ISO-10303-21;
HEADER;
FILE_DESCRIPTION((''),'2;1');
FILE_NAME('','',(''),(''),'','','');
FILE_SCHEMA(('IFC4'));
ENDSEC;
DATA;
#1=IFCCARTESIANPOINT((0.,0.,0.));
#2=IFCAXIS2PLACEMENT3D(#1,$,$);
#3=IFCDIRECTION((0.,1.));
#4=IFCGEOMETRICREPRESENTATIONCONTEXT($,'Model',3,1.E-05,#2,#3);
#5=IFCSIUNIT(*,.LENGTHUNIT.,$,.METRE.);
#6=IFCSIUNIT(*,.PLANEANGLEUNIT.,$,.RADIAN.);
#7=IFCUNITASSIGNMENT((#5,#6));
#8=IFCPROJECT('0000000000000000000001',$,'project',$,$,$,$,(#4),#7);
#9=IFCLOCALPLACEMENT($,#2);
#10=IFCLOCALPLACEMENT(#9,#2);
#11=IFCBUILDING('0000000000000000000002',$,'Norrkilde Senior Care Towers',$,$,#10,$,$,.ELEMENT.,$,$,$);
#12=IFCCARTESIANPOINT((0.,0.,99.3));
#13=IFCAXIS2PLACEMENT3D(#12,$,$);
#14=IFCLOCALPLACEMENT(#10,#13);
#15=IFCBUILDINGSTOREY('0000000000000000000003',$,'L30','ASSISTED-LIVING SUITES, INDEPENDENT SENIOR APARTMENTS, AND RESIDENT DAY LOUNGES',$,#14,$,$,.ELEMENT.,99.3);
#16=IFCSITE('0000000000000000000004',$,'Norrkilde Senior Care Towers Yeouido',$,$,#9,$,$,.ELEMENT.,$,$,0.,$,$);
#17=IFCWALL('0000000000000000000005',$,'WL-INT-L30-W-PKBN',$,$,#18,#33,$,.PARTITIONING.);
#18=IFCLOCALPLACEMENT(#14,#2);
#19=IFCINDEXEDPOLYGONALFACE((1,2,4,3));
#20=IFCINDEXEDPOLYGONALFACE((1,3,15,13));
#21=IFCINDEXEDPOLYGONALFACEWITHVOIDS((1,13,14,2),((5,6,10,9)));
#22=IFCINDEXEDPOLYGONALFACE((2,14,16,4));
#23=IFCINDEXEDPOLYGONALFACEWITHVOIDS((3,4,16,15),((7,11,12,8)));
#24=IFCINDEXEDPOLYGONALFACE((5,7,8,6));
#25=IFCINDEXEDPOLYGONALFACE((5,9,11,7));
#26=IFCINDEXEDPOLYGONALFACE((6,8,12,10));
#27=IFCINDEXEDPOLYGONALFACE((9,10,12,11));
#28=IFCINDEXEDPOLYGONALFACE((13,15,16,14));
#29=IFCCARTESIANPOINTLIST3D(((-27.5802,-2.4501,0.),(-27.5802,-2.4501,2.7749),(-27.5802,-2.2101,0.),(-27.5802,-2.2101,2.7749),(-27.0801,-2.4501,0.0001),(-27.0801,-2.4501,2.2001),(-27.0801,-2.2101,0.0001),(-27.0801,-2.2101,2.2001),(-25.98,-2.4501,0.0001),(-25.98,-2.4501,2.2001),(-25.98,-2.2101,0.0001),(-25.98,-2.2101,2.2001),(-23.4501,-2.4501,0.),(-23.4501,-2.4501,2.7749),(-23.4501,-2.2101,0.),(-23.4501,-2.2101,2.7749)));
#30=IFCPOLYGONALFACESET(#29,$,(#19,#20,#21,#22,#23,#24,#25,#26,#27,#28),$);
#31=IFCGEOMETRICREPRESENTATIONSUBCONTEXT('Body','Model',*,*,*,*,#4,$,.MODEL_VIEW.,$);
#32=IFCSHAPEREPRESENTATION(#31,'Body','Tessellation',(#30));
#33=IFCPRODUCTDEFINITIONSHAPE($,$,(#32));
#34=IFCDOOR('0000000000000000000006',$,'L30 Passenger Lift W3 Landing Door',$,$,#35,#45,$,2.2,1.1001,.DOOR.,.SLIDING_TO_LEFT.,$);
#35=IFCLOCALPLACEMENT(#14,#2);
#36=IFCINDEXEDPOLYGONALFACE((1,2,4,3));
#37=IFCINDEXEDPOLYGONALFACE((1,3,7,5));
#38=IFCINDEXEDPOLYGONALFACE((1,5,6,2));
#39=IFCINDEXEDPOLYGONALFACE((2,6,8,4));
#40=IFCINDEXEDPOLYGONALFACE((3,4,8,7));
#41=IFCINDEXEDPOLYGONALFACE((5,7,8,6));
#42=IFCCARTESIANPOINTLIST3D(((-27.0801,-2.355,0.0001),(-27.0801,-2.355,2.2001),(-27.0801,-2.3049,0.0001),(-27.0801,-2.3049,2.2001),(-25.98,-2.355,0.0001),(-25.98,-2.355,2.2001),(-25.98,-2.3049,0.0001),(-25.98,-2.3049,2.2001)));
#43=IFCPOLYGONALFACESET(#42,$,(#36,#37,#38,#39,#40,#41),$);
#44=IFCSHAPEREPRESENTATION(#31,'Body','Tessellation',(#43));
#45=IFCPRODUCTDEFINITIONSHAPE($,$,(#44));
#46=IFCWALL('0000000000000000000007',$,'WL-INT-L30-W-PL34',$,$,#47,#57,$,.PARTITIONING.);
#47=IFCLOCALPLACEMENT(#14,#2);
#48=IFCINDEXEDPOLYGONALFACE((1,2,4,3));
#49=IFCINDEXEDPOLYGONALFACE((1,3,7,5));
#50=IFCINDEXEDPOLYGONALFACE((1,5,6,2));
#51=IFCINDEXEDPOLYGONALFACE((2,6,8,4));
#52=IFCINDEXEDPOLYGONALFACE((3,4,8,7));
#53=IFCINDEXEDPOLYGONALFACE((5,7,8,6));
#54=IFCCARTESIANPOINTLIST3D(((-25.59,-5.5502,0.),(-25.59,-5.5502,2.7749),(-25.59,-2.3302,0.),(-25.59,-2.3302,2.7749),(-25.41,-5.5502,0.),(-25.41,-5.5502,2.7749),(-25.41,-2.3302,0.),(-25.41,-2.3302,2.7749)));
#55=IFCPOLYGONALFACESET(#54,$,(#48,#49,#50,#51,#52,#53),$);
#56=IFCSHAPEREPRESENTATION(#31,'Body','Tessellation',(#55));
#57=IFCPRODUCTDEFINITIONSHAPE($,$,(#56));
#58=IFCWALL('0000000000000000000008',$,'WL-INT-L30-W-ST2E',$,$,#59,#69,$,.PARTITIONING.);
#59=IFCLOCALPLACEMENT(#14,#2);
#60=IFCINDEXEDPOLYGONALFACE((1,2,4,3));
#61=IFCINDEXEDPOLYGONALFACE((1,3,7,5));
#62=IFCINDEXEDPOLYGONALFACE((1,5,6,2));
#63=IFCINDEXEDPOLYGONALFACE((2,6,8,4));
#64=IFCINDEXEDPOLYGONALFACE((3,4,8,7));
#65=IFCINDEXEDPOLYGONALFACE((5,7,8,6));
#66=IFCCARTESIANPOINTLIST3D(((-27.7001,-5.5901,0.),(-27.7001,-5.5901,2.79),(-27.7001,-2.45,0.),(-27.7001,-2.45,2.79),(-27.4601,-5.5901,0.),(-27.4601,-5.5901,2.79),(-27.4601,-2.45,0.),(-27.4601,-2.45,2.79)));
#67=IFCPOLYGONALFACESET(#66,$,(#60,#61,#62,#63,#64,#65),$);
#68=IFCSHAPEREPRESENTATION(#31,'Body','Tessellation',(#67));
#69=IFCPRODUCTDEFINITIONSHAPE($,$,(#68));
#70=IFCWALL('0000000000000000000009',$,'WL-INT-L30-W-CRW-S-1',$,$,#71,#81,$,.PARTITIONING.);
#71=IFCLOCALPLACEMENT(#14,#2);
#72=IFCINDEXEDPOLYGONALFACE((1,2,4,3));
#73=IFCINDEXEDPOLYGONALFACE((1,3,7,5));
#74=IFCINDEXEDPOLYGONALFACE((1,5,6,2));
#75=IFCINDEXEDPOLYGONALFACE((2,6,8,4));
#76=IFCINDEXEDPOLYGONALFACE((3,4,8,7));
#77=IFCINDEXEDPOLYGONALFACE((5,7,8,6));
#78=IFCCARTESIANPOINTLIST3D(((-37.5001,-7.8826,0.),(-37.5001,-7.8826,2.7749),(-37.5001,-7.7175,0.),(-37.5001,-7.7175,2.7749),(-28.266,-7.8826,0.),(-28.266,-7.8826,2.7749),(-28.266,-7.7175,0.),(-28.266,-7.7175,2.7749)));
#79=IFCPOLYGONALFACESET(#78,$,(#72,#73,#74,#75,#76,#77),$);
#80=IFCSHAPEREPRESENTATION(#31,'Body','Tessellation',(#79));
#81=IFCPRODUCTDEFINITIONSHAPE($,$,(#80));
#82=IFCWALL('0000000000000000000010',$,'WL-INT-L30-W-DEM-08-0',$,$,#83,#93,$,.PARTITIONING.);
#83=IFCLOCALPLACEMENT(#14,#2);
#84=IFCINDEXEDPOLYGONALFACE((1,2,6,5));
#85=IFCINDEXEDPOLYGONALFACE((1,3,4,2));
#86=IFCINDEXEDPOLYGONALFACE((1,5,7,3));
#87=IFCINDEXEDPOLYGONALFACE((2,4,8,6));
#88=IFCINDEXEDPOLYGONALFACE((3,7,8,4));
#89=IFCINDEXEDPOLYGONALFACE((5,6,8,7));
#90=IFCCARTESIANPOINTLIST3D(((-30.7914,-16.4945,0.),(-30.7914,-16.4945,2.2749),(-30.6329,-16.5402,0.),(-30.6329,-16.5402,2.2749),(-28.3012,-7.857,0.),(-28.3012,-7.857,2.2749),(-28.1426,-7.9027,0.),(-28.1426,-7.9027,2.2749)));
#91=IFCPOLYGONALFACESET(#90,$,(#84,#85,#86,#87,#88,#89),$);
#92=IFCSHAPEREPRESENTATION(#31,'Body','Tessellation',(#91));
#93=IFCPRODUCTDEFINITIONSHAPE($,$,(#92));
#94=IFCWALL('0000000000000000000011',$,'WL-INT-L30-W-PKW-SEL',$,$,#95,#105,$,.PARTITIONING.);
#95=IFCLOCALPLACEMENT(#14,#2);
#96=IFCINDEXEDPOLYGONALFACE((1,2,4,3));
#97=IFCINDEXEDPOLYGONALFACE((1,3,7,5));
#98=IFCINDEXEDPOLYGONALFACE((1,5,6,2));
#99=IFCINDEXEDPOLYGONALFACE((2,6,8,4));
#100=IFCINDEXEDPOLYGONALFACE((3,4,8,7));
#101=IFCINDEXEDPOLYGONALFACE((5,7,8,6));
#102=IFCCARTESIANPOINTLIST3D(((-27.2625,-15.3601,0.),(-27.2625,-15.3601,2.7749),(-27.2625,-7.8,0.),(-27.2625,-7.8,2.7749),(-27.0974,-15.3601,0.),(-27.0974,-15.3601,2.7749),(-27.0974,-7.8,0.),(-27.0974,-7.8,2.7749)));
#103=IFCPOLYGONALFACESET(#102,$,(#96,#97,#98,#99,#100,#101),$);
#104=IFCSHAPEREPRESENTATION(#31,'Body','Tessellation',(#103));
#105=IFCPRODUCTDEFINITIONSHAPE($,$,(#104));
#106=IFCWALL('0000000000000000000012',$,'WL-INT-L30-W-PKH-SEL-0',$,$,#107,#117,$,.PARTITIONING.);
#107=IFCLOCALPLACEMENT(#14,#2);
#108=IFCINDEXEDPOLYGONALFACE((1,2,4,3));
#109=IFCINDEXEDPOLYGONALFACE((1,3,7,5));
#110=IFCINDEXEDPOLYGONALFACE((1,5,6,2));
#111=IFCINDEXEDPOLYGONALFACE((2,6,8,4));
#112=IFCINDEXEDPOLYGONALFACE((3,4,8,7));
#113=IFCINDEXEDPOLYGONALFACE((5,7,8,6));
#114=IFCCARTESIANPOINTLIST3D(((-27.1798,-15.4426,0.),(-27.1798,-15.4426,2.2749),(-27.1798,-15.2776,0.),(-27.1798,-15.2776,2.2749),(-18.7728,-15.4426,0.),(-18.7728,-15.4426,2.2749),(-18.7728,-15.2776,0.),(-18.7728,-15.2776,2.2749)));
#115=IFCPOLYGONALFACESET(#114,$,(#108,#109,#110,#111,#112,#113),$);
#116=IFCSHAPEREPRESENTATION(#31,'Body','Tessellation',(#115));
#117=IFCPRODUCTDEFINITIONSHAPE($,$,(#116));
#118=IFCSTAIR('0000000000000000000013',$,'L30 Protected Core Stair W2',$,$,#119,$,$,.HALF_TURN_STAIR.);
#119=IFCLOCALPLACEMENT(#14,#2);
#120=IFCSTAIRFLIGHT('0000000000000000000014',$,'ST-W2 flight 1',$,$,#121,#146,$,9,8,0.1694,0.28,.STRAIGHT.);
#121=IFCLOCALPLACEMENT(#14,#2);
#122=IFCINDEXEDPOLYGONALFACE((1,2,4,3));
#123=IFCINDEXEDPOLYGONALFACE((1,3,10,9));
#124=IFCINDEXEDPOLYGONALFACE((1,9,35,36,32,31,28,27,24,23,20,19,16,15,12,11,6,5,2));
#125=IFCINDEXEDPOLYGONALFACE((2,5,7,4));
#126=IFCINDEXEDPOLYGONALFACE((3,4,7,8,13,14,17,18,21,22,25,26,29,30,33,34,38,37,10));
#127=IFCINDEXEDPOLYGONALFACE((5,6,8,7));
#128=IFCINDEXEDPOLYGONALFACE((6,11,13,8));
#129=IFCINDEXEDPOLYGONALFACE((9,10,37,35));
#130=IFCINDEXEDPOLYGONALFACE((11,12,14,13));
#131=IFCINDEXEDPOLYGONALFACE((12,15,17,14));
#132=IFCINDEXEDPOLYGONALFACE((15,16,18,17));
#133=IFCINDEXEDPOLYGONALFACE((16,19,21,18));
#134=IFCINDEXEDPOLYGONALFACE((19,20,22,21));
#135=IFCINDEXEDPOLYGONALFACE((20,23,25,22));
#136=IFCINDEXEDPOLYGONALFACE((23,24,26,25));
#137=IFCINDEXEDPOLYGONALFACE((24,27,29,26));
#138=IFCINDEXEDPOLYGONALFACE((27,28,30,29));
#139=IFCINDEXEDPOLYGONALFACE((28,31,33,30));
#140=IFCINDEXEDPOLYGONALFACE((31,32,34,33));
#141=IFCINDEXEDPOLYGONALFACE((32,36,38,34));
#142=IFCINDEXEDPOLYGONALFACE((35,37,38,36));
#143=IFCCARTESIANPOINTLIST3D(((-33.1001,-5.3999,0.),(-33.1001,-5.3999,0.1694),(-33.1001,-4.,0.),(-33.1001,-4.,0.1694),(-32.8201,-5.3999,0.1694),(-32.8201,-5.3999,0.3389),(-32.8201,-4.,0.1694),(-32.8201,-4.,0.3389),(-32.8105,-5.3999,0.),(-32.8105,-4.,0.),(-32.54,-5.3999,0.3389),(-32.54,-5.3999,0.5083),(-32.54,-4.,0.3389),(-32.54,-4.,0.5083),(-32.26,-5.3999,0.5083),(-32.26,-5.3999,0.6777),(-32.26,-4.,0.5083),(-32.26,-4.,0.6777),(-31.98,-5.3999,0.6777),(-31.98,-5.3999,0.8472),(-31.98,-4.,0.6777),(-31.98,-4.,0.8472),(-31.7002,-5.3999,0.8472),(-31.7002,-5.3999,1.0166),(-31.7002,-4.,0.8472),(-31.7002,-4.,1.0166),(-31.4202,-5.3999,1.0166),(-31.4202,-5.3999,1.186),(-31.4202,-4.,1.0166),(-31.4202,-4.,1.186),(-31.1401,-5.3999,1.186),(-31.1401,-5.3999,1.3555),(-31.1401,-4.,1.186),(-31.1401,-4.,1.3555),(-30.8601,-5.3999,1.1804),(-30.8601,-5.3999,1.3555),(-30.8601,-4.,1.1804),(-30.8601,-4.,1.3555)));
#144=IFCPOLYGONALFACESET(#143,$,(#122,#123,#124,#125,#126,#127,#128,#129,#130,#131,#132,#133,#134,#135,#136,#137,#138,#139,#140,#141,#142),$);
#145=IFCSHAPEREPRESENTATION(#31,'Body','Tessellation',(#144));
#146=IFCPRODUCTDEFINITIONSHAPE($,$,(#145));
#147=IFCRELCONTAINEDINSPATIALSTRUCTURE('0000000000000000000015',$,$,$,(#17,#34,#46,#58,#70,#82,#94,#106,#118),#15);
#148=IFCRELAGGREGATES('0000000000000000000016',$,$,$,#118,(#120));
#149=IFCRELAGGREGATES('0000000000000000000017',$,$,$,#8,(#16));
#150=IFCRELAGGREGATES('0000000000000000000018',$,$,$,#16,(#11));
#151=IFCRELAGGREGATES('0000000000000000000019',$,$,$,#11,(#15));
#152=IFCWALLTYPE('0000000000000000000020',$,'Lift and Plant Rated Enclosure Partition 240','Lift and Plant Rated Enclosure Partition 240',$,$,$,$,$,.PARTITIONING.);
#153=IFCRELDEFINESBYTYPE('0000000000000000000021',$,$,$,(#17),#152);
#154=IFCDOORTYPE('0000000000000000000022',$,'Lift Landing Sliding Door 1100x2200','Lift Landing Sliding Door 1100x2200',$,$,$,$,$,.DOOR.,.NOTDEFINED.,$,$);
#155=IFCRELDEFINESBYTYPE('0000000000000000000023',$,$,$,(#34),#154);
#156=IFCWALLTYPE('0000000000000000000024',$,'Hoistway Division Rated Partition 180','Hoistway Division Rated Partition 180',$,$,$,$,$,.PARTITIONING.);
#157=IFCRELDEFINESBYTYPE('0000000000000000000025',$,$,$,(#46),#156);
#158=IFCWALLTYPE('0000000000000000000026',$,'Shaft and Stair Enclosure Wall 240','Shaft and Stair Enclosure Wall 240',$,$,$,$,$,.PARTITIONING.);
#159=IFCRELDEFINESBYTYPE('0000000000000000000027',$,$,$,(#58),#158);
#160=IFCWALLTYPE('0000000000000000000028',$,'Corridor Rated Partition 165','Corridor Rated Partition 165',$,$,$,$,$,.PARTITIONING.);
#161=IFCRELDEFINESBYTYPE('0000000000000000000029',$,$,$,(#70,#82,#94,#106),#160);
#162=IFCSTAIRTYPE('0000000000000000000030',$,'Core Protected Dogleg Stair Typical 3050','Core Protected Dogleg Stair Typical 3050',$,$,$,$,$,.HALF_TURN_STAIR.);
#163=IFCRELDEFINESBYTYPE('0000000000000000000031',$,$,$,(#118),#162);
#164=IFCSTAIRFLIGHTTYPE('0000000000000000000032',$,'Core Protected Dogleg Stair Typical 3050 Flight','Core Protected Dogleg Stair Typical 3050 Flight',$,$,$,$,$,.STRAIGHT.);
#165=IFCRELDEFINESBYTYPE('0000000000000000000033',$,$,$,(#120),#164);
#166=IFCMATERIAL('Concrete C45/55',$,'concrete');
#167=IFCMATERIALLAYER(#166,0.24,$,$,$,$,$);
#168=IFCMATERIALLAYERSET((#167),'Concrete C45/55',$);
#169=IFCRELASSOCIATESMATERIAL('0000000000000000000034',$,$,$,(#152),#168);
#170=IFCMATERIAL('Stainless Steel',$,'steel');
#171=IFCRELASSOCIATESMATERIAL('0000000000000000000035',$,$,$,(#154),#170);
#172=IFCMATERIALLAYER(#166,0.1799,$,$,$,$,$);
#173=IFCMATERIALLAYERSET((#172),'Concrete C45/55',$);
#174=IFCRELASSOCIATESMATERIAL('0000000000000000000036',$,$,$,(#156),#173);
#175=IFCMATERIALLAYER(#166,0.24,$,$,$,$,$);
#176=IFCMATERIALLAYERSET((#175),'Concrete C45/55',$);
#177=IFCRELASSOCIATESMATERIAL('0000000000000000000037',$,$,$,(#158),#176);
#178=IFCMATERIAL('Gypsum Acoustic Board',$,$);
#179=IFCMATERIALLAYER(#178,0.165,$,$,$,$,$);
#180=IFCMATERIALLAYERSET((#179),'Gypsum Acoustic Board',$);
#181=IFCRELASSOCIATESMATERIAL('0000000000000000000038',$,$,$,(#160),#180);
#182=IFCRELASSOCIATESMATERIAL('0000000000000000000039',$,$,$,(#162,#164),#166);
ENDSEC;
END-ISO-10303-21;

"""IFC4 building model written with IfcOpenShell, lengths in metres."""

from ifc_helpers import new_model, si_unit, direction, frame, frame_2d, origin, place, context, subcontext, project, spatial, polyline, rectangle, outline, extrude, source, transform, mapped, material, layer, layer_set, type_object, type_shapes, element, fill, aggregate, save


model = new_model("IFC4")

# Units and contexts
model_context = context("Model", 3, precision=1e-05, world=origin(), true_north=direction((0.0, 1.0)))
body_context = subcontext(model_context, "Body", "Model", "MODEL_VIEW")
ifc_project = project(units=[si_unit("LENGTHUNIT", "METRE"), si_unit("PLANEANGLEUNIT", "RADIAN")], contexts=[model_context])

# Site, building, storey
site_placement = place(None, origin())
site = spatial("IfcSite", under=ifc_project, at=site_placement, Name="Norrkilde Senior Care Towers Yeouido", CompositionType="ELEMENT", RefElevation=0.0)
building_placement = place(site_placement, origin())
building = spatial("IfcBuilding", under=site, at=building_placement, Name="Norrkilde Senior Care Towers", CompositionType="ELEMENT")
storey_placement = place(building_placement, frame((0.0, 0.0, 99.3)))
storey = spatial("IfcBuildingStorey", under=building, at=storey_placement, Name="L30", Description="ASSISTED-LIVING SUITES, INDEPENDENT SENIOR APARTMENTS, AND RESIDENT DAY LOUNGES", CompositionType="ELEMENT", Elevation=99.3)

# Wall, opening, door
ifc_material_1 = material(Name="Concrete C45/55", Category="concrete")
ifc_layer_1 = layer(ifc_material_1, 0.24)
ifc_layer_set_1 = layer_set([ifc_layer_1], Name="Concrete C45/55")
wall_type_1 = type_object("IfcWallType", Name="Lift and Plant Rated Enclosure Partition 240", Description="Lift and Plant Rated Enclosure Partition 240", PredefinedType="PARTITIONING", material=ifc_layer_set_1)
shared_shape_1 = source(origin(), body_context, "Body", "SweptSolid", [
    extrude(rectangle(XDim=4.1301, YDim=0.24, at=frame_2d((2.0649, 0.0))), origin(), (0.0, 0.0, 1.0), 2.7749),
])
type_shapes(wall_type_1, [shared_shape_1])
wall_1_placement = place(storey_placement, frame((-27.5801, -2.3301, 0.0), z_axis=(0.0, 0.0, 1.0), x_axis=(1.0, 0.0, 0.0)))
wall_1 = element("IfcWall", 1, at=wall_1_placement, inside=storey, type_object=wall_type_1, Name="WL-INT-L30-W-PKBN", PredefinedType="PARTITIONING", context=body_context, shape_type="MappedRepresentation", body=[
    mapped(shared_shape_1, transform((0.0, 0.0, 0.0), x_axis=(1.0, 0.0, 0.0), y_axis=(0.0, 1.0, 0.0), z_axis=(0.0, 0.0, 1.0), scale=1.0)),
])
opening_placement = place(wall_1_placement, frame((0.5, 0.0, 0.0)))
opening = element("IfcOpeningElement", 2, at=opening_placement, cuts=wall_1, PredefinedType="OPENING", context=body_context, shape_type="SweptSolid", body=[
    extrude(rectangle(XDim=1.1001, YDim=2.2, at=frame_2d((0.55, 1.1001))), frame((0.0, 0.1299, 0.0), z_axis=(0.0, -1.0, 0.0), x_axis=(1.0, 0.0, 0.0)), (0.0, 0.0, 1.0), 0.26),
])
ifc_material_2 = material(Name="Stainless Steel", Category="steel")
door_type = type_object("IfcDoorType", Name="Lift Landing Sliding Door 1100x2200", Description="Lift Landing Sliding Door 1100x2200", OperationType="NOTDEFINED", PredefinedType="DOOR", material=ifc_material_2)
shared_shape_2 = source(origin(), body_context, "Body", "SweptSolid", [
    extrude(rectangle(XDim=1.1001, YDim=2.2, at=frame_2d((0.55, 1.1001))), frame((0.0, 0.0249, 0.0), z_axis=(0.0, -1.0, 0.0), x_axis=(1.0, 0.0, 0.0)), (0.0, 0.0, 1.0), 0.05),
])
type_shapes(door_type, [shared_shape_2])
door_placement = place(opening_placement, frame((1.1001, 0.0, 0.0), z_axis=(0.0, 0.0, 1.0), x_axis=(-1.0, 0.0, 0.0)))
door = element("IfcDoor", 3, at=door_placement, inside=storey, type_object=door_type, Name="L30 Passenger Lift W3 Landing Door", OperationType="SLIDING_TO_LEFT", OverallHeight=2.2, OverallWidth=1.1001, PredefinedType="DOOR", context=body_context, shape_type="MappedRepresentation", body=[
    mapped(shared_shape_2, transform((0.0, 0.0, 0.0), x_axis=(1.0, 0.0, 0.0), y_axis=(0.0, 1.0, 0.0), z_axis=(0.0, 0.0, 1.0), scale=1.0)),
])
fill(opening, door)

# Walls
ifc_layer_2 = layer(ifc_material_1, 0.1799)
ifc_layer_set_2 = layer_set([ifc_layer_2], Name="Concrete C45/55")
wall_type_2 = type_object("IfcWallType", Name="Hoistway Division Rated Partition 180", Description="Hoistway Division Rated Partition 180", PredefinedType="PARTITIONING", material=ifc_layer_set_2)
shared_shape_3 = source(origin(), body_context, "Body", "SweptSolid", [
    extrude(rectangle(XDim=3.22, YDim=0.1799, at=frame_2d((1.6099, 0.0))), origin(), (0.0, 0.0, 1.0), 2.7749),
])
type_shapes(wall_type_2, [shared_shape_3])
wall_2_placement = place(storey_placement, frame((-25.5, -5.55, 0.0), z_axis=(0.0, 0.0, 1.0), x_axis=(0.0, 1.0, 0.0)))
element("IfcWall", 4, at=wall_2_placement, inside=storey, type_object=wall_type_2, Name="WL-INT-L30-W-PL34", PredefinedType="PARTITIONING", context=body_context, shape_type="MappedRepresentation", body=[
    mapped(shared_shape_3, transform((0.0, 0.0, 0.0), x_axis=(1.0, 0.0, 0.0), y_axis=(0.0, 1.0, 0.0), z_axis=(0.0, 0.0, 1.0), scale=1.0)),
])
ifc_layer_3 = layer(ifc_material_1, 0.24)
ifc_layer_set_3 = layer_set([ifc_layer_3], Name="Concrete C45/55")
wall_type_3 = type_object("IfcWallType", Name="Shaft and Stair Enclosure Wall 240", Description="Shaft and Stair Enclosure Wall 240", PredefinedType="PARTITIONING", material=ifc_layer_set_3)
shared_shape_4 = source(origin(), body_context, "Body", "SweptSolid", [
    extrude(rectangle(XDim=3.1401, YDim=0.24, at=frame_2d((1.5701, 0.0))), origin(), (0.0, 0.0, 1.0), 2.79),
])
type_shapes(wall_type_3, [shared_shape_4])
wall_3_placement = place(storey_placement, frame((-27.5801, -5.5901, 0.0), z_axis=(0.0, 0.0, 1.0), x_axis=(0.0, 1.0, 0.0)))
element("IfcWall", 5, at=wall_3_placement, inside=storey, type_object=wall_type_3, Name="WL-INT-L30-W-ST2E", PredefinedType="PARTITIONING", context=body_context, shape_type="MappedRepresentation", body=[
    mapped(shared_shape_4, transform((0.0, 0.0, 0.0), x_axis=(1.0, 0.0, 0.0), y_axis=(0.0, 1.0, 0.0), z_axis=(0.0, 0.0, 1.0), scale=1.0)),
])
ifc_material_3 = material(Name="Gypsum Acoustic Board")
ifc_layer_4 = layer(ifc_material_3, 0.165)
ifc_layer_set_4 = layer_set([ifc_layer_4], Name="Gypsum Acoustic Board")
wall_type_4 = type_object("IfcWallType", Name="Corridor Rated Partition 165", Description="Corridor Rated Partition 165", PredefinedType="PARTITIONING", material=ifc_layer_set_4)
shared_shape_5 = source(origin(), body_context, "Body", "SweptSolid", [
    extrude(rectangle(XDim=9.2341, YDim=0.165, at=frame_2d((4.6172, 0.0))), origin(), (0.0, 0.0, 1.0), 2.7749),
])
wall_4_placement = place(storey_placement, frame((-28.2659, -7.8, 0.0), z_axis=(0.0, 0.0, 1.0), x_axis=(-1.0, 0.0, 0.0)))
element("IfcWall", 6, at=wall_4_placement, inside=storey, type_object=wall_type_4, Name="WL-INT-L30-W-CRW-S-1", PredefinedType="PARTITIONING", context=body_context, shape_type="MappedRepresentation", body=[
    mapped(shared_shape_5, transform((0.0, 0.0, 0.0), x_axis=(1.0, 0.0, 0.0), y_axis=(0.0, 1.0, 0.0), z_axis=(0.0, 0.0, 1.0), scale=1.0)),
])
shared_shape_6 = source(origin(), body_context, "Body", "SweptSolid", [
    extrude(rectangle(XDim=8.9893, YDim=0.165, at=frame_2d((4.4946, 0.0))), origin(), (0.0, 0.0, 1.0), 2.2749),
])
wall_5_placement = place(storey_placement, frame((-28.2219, -7.8799, 0.0), z_axis=(0.0, 0.0, 1.0), x_axis=(-0.277023, -0.960863, 0.0)))
element("IfcWall", 7, at=wall_5_placement, inside=storey, type_object=wall_type_4, Name="WL-INT-L30-W-DEM-08-0", PredefinedType="PARTITIONING", context=body_context, shape_type="MappedRepresentation", body=[
    mapped(shared_shape_6, transform((0.0, 0.0, 0.0), x_axis=(1.0, 0.0, 0.0), y_axis=(0.0, 1.0, 0.0), z_axis=(0.0, 0.0, 1.0), scale=1.0)),
])
shared_shape_7 = source(origin(), body_context, "Body", "SweptSolid", [
    extrude(rectangle(XDim=7.5601, YDim=0.165, at=frame_2d((3.78, 0.0))), origin(), (0.0, 0.0, 1.0), 2.7749),
])
wall_6_placement = place(storey_placement, frame((-27.1799, -15.3601, 0.0), z_axis=(0.0, 0.0, 1.0), x_axis=(0.0, 1.0, 0.0)))
element("IfcWall", 8, at=wall_6_placement, inside=storey, type_object=wall_type_4, Name="WL-INT-L30-W-PKW-SEL", PredefinedType="PARTITIONING", context=body_context, shape_type="MappedRepresentation", body=[
    mapped(shared_shape_7, transform((0.0, 0.0, 0.0), x_axis=(1.0, 0.0, 0.0), y_axis=(0.0, 1.0, 0.0), z_axis=(0.0, 0.0, 1.0), scale=1.0)),
])
shared_shape_8 = source(origin(), body_context, "Body", "SweptSolid", [
    extrude(rectangle(XDim=8.407, YDim=0.165, at=frame_2d((4.2036, 0.0))), origin(), (0.0, 0.0, 1.0), 2.2749),
])
type_shapes(wall_type_4, [shared_shape_5, shared_shape_6, shared_shape_7, shared_shape_8])
wall_7_placement = place(storey_placement, frame((-27.1799, -15.3601, 0.0), z_axis=(0.0, 0.0, 1.0), x_axis=(1.0, 0.0, 0.0)))
element("IfcWall", 9, at=wall_7_placement, inside=storey, type_object=wall_type_4, Name="WL-INT-L30-W-PKH-SEL-0", PredefinedType="PARTITIONING", context=body_context, shape_type="MappedRepresentation", body=[
    mapped(shared_shape_8, transform((0.0, 0.0, 0.0), x_axis=(1.0, 0.0, 0.0), y_axis=(0.0, 1.0, 0.0), z_axis=(0.0, 0.0, 1.0), scale=1.0)),
])

# Stair, stair flight
stair_type = type_object("IfcStairType", Name="Core Protected Dogleg Stair Typical 3050", Description="Core Protected Dogleg Stair Typical 3050", PredefinedType="HALF_TURN_STAIR", material=ifc_material_1)
stair_placement = place(storey_placement, origin())
stair = element("IfcStair", 10, at=stair_placement, inside=storey, type_object=stair_type, Name="L30 Protected Core Stair W2", PredefinedType="HALF_TURN_STAIR")
stair_flight_type = type_object("IfcStairFlightType", Name="Core Protected Dogleg Stair Typical 3050 Flight", Description="Core Protected Dogleg Stair Typical 3050 Flight", PredefinedType="STRAIGHT", material=ifc_material_1)
stair_flight_1_placement = place(storey_placement, frame((-33.1001, -4.7, 0.0), z_axis=(0.0, 0.0, 1.0), x_axis=(1.0, 0.0, 0.0)))
stair_flight_1 = element("IfcStairFlight", 11, at=stair_flight_1_placement, type_object=stair_flight_type, Name="ST-W2 flight 1", NumberOfRisers=9, NumberOfTreads=8, PredefinedType="STRAIGHT", RiserHeight=0.1694, TreadLength=0.28, context=body_context, shape_type="SweptSolid", body=[
    extrude(outline(polyline([(0.0, 0.0), (0.0, 0.1694), (0.28, 0.1694), (0.28, 0.3389), (0.5601, 0.3389), (0.5601, 0.5083), (0.8401, 0.5083), (0.8401, 0.6777), (1.1201, 0.6777), (1.1201, 0.8472), (1.3999, 0.8472), (1.3999, 1.0166), (1.6799, 1.0166), (1.6799, 1.186), (1.96, 1.186), (1.96, 1.3555), (2.24, 1.3555), (2.24, 1.5249), (2.24, 1.1804), (0.2896, 0.0), (0.0, 0.0)])), frame((0.0, 0.7, 0.0), z_axis=(0.0, -1.0, 0.0), x_axis=(1.0, 0.0, 0.0)), (0.0, 0.0, 1.0), 1.3999),
])
aggregate(stair, [stair_flight_1])

save(model, "model.ifc")
